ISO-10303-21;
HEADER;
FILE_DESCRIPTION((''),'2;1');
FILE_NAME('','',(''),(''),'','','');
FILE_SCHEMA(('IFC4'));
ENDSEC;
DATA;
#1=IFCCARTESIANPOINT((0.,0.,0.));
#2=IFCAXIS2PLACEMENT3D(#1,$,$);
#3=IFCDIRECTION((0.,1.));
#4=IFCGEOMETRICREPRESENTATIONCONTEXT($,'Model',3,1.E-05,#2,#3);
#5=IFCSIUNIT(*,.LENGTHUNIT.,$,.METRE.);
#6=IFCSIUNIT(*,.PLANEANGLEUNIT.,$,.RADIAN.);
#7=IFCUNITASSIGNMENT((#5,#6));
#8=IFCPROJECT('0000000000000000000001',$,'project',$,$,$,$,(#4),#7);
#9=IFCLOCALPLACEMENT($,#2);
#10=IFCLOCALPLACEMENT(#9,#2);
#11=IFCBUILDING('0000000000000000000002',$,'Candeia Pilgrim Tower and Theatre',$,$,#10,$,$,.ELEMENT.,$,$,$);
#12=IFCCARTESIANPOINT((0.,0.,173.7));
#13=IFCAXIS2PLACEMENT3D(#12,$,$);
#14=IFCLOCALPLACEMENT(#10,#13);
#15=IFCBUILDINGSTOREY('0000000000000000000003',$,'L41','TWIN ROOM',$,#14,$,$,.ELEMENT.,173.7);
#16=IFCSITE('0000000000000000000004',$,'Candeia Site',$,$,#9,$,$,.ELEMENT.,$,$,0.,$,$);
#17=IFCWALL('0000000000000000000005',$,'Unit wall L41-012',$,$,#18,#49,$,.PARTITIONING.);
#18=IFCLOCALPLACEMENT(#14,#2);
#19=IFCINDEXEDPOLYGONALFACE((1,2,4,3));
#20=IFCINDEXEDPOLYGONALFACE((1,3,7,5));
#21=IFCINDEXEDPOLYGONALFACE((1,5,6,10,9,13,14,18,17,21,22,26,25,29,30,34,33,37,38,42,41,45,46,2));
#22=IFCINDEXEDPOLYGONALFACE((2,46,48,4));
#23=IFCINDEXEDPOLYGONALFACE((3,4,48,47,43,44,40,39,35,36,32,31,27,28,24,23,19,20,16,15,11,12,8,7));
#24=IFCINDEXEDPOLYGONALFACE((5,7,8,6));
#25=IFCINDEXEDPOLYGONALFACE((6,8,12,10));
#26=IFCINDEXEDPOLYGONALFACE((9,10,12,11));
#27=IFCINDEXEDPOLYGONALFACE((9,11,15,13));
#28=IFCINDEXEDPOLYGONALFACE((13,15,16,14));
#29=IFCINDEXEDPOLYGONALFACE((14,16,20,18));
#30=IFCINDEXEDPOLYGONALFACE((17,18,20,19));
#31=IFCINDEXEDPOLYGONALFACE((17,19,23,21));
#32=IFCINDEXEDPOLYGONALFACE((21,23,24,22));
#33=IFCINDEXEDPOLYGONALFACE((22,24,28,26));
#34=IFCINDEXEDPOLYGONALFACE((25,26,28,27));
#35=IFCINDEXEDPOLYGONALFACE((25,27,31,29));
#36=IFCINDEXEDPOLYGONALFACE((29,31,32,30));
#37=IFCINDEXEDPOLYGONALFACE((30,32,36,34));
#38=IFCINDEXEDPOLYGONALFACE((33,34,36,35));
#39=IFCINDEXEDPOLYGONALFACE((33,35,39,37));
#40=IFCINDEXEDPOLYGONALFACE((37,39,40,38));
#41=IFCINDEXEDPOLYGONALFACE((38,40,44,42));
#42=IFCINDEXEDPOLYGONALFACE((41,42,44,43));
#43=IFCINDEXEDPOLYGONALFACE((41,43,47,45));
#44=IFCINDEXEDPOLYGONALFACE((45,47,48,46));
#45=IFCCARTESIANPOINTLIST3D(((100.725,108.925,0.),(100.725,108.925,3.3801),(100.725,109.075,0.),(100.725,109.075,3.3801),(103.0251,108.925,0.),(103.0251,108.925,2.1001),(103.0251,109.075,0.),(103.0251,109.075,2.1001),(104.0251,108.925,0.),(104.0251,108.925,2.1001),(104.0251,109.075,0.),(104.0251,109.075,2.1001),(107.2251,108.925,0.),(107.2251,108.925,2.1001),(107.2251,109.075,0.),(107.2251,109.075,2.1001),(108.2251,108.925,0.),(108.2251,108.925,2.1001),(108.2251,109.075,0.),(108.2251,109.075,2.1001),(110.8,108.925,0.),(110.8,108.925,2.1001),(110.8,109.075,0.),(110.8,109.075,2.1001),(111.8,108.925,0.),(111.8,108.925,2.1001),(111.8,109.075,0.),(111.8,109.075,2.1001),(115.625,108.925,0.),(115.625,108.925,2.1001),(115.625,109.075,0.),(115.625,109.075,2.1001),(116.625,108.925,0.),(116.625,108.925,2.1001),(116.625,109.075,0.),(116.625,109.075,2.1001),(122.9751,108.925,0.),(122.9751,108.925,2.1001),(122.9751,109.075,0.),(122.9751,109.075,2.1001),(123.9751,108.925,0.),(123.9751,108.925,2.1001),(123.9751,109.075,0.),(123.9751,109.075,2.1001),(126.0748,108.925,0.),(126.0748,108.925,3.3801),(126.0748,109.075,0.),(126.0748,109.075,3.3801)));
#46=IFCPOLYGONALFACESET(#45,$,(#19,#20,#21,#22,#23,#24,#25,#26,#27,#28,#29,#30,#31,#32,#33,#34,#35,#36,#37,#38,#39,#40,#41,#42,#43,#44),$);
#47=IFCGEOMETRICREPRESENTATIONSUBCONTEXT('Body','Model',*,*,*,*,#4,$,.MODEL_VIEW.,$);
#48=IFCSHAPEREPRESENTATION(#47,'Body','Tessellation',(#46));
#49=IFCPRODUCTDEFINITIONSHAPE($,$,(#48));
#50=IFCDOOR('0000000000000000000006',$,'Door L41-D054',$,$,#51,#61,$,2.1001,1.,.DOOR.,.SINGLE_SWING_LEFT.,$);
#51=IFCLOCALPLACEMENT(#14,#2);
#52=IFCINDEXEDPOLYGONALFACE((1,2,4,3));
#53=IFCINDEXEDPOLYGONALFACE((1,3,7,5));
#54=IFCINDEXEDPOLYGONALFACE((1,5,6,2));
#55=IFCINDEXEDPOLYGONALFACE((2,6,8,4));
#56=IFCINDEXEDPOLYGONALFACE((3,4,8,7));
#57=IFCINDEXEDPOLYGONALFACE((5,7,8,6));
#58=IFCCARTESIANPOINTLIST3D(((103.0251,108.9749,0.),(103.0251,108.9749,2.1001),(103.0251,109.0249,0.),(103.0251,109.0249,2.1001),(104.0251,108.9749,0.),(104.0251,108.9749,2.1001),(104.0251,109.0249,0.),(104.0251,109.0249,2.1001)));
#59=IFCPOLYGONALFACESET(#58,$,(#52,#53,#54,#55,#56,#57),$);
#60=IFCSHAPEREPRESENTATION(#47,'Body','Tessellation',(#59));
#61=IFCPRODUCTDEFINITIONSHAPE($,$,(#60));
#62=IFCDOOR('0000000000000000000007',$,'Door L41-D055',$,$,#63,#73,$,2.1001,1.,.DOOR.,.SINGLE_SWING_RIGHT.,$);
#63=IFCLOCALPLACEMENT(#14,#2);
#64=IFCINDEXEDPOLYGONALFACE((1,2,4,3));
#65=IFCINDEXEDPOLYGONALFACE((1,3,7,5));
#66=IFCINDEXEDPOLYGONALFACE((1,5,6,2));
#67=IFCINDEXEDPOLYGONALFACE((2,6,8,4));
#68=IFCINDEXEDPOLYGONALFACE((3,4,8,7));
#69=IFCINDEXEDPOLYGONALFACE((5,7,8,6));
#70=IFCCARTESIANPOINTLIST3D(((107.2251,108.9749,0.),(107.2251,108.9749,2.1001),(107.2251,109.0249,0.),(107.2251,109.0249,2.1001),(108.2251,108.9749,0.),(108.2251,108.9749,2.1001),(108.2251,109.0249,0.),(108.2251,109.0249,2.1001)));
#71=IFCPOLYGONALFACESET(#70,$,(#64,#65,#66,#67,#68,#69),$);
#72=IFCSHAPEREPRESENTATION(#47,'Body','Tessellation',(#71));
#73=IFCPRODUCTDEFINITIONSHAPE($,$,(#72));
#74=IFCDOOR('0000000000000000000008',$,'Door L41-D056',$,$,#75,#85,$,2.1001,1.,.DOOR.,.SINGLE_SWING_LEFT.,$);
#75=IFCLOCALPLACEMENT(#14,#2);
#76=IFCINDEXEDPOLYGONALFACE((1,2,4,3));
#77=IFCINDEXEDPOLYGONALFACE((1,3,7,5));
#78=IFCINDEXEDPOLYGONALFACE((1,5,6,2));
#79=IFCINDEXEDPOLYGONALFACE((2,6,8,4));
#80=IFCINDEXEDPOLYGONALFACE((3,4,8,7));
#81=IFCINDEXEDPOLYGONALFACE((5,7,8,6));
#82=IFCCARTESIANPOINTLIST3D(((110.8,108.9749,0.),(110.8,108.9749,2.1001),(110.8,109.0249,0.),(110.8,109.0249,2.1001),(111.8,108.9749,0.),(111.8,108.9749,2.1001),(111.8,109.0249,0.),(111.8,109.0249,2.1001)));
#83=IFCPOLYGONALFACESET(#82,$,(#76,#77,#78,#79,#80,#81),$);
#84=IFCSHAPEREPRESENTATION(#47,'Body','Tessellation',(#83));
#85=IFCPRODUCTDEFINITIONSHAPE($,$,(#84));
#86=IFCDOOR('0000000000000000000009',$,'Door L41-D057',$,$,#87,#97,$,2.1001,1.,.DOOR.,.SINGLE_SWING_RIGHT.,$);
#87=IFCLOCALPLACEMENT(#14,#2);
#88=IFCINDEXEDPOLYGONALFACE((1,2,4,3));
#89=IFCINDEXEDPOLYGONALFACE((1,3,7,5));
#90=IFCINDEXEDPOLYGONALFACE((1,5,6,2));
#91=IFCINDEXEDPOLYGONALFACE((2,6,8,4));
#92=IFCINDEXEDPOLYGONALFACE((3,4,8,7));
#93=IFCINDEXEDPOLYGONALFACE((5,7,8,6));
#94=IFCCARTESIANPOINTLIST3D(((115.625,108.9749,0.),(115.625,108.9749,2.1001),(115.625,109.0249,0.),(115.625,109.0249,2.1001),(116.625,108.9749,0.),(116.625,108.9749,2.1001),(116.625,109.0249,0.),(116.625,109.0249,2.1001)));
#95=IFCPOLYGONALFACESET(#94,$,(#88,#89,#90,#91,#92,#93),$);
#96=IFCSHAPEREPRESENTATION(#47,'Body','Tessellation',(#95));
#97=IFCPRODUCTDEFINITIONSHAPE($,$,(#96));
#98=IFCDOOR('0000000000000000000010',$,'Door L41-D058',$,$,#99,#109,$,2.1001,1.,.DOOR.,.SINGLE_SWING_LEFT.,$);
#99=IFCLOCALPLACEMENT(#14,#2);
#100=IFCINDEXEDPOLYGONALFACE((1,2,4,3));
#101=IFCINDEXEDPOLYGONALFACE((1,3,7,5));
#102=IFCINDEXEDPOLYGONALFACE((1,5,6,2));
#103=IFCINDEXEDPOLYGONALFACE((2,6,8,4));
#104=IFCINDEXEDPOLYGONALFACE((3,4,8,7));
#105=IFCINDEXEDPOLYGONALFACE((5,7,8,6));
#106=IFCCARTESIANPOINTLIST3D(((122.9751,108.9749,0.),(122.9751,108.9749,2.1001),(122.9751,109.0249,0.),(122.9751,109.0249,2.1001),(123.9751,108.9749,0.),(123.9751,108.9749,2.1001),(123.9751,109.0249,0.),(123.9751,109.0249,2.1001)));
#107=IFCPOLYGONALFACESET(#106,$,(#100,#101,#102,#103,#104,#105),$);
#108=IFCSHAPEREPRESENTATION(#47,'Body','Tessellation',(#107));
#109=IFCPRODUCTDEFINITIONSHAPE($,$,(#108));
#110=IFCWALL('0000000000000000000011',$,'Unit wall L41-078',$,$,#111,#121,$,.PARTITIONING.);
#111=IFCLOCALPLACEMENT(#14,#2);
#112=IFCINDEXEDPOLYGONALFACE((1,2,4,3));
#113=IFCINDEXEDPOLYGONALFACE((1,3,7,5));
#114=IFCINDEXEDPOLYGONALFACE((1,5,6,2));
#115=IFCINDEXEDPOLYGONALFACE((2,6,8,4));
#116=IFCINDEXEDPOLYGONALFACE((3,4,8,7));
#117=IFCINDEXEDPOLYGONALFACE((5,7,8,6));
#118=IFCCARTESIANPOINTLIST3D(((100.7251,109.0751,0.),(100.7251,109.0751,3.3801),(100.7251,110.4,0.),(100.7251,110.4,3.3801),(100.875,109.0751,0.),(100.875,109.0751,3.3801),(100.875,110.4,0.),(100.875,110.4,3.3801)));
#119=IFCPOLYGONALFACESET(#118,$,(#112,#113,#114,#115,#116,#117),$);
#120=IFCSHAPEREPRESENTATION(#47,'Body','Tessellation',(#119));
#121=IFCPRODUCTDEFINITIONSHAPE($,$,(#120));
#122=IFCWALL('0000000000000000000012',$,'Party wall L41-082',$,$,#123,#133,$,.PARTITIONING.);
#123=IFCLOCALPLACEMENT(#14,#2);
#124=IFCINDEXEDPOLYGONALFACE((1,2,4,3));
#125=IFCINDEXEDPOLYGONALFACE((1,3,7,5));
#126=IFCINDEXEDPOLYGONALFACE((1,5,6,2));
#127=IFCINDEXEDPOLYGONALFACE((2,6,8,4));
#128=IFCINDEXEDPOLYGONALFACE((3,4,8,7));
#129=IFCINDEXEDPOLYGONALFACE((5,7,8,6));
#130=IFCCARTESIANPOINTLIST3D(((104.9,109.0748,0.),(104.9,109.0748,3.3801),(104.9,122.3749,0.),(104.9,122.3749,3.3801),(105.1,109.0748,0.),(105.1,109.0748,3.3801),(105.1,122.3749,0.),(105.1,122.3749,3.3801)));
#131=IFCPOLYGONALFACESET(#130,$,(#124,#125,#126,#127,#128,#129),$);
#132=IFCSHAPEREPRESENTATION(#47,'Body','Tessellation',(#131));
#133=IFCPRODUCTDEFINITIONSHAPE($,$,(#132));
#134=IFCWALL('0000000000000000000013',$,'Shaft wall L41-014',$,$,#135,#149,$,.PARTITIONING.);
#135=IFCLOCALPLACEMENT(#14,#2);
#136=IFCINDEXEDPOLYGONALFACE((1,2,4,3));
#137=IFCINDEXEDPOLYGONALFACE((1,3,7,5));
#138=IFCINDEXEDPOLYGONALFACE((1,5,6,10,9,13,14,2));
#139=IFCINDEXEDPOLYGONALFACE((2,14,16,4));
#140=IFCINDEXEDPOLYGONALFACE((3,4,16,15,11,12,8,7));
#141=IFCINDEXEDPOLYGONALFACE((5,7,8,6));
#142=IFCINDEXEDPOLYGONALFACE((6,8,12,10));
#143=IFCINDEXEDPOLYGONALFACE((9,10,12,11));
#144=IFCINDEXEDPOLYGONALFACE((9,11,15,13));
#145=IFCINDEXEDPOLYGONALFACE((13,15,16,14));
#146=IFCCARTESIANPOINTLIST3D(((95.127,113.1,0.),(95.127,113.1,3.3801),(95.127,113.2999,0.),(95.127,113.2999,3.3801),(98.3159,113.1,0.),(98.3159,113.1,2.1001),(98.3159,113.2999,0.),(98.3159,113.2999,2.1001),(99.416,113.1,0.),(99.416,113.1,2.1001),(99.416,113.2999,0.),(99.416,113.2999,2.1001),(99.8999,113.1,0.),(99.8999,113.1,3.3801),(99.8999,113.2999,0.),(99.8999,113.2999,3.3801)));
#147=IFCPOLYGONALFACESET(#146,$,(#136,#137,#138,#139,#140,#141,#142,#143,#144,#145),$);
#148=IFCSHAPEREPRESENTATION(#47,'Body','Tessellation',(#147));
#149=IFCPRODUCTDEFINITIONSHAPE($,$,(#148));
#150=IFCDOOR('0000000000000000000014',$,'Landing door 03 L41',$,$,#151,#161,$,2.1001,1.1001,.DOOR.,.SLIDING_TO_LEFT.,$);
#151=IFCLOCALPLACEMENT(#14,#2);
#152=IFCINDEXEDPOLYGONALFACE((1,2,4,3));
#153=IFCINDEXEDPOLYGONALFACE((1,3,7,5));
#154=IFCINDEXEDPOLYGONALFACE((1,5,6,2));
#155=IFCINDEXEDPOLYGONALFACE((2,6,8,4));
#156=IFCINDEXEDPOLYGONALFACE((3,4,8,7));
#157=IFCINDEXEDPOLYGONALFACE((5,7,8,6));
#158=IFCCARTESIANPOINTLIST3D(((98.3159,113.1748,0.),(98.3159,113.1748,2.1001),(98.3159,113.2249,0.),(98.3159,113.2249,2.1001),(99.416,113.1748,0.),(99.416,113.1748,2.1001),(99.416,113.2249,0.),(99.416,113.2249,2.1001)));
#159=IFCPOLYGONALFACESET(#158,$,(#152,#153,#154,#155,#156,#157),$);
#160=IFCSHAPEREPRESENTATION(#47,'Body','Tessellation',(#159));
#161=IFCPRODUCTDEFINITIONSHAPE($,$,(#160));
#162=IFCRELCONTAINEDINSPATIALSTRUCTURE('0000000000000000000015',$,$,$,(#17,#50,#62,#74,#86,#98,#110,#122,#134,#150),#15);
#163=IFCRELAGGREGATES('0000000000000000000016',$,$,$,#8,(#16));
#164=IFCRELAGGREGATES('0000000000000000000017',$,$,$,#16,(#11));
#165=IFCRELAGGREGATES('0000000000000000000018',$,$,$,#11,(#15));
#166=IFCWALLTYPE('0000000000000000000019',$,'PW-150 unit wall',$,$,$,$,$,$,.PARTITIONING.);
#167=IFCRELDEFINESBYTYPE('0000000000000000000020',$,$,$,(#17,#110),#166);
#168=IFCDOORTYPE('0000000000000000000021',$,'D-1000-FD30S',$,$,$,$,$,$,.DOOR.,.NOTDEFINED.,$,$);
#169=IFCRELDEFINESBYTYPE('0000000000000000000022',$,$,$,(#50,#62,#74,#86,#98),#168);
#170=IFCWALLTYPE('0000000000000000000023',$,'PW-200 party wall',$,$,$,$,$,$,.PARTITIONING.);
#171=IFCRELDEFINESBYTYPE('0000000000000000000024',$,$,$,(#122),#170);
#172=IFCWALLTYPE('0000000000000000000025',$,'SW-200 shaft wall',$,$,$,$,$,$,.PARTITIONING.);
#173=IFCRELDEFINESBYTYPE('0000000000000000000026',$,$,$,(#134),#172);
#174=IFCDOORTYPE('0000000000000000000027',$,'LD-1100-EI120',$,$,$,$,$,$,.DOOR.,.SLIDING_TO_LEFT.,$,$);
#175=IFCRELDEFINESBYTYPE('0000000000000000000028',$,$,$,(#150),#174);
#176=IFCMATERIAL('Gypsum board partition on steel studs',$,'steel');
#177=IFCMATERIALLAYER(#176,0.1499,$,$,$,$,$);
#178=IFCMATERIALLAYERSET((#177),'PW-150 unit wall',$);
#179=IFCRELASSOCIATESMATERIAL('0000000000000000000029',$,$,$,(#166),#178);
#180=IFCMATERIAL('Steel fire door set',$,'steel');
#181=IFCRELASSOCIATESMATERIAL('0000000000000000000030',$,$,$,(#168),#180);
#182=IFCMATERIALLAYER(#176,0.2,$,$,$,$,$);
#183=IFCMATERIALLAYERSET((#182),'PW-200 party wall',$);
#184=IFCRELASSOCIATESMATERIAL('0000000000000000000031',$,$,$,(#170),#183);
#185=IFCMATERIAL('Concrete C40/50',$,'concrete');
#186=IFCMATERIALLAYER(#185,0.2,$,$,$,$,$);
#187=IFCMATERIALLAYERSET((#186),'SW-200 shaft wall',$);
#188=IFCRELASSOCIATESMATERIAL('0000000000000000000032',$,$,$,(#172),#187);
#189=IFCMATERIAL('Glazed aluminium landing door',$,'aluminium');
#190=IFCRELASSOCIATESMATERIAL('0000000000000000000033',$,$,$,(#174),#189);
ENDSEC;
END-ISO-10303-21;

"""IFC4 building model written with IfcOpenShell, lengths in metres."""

from ifc_helpers import new_model, si_unit, direction, frame, frame_2d, origin, place, context, subcontext, project, spatial, rectangle, extrude, material, layer, layer_set, type_object, element, fill, save


model = new_model("IFC4")

# Units and contexts
model_context = context("Model", 3, precision=1e-05, world=origin(), true_north=direction((0.0, 1.0)))
body_context = subcontext(model_context, "Body", "Model", "MODEL_VIEW")
ifc_project = project(units=[si_unit("LENGTHUNIT", "METRE"), si_unit("PLANEANGLEUNIT", "RADIAN")], contexts=[model_context])

# Site, building, storey
site_placement = place(None, origin())
site = spatial("IfcSite", under=ifc_project, at=site_placement, Name="Candeia Site", CompositionType="ELEMENT", RefElevation=0.0)
building_placement = place(site_placement, origin())
building = spatial("IfcBuilding", under=site, at=building_placement, Name="Candeia Pilgrim Tower and Theatre", CompositionType="ELEMENT")
storey_placement = place(building_placement, frame((0.0, 0.0, 173.7)))
storey = spatial("IfcBuildingStorey", under=building, at=storey_placement, Name="L41", Description="TWIN ROOM", CompositionType="ELEMENT", Elevation=173.7)

# Shared definitions
ifc_material_1 = material(Name="Steel fire door set", Category="steel")

# Shared definitions
ifc_material_2 = material(Name="Gypsum board partition on steel studs", Category="steel")

# Wall, openings, doors
ifc_layer_1 = layer(ifc_material_2, 0.1499)
ifc_layer_set_1 = layer_set([ifc_layer_1], Name="PW-150 unit wall")
wall_type_1 = type_object("IfcWallType", Name="PW-150 unit wall", PredefinedType="PARTITIONING", material=ifc_layer_set_1)
wall_1_placement = place(storey_placement, frame((100.7251, 109.0, 0.0), z_axis=(0.0, 0.0, 1.0), x_axis=(1.0, 0.0, 0.0)))
wall_1 = element("IfcWall", 1, at=wall_1_placement, inside=storey, type_object=wall_type_1, Name="Unit wall L41-012", PredefinedType="PARTITIONING", context=body_context, shape_type="SweptSolid", body=[
    extrude(rectangle(XDim=25.3499, YDim=0.1499, at=frame_2d((12.6748, 0.0))), origin(), (0.0, 0.0, 1.0), 3.3801),
])
opening_1_placement = place(wall_1_placement, frame((2.3, 0.0, 0.0)))
opening_1 = element("IfcOpeningElement", 2, at=opening_1_placement, cuts=wall_1, PredefinedType="OPENING", context=body_context, shape_type="SweptSolid", body=[
    extrude(rectangle(XDim=1.0, YDim=2.1001, at=frame_2d((0.5, 1.05))), frame((0.0, 0.085, 0.0), z_axis=(0.0, -1.0, 0.0), x_axis=(1.0, 0.0, 0.0)), (0.0, 0.0, 1.0), 0.1699),
])
opening_2_placement = place(wall_1_placement, frame((6.5, 0.0, 0.0)))
opening_2 = element("IfcOpeningElement", 3, at=opening_2_placement, cuts=wall_1, PredefinedType="OPENING", context=body_context, shape_type="SweptSolid", body=[
    extrude(rectangle(XDim=1.0, YDim=2.1001, at=frame_2d((0.5, 1.05))), frame((0.0, 0.085, 0.0), z_axis=(0.0, -1.0, 0.0), x_axis=(1.0, 0.0, 0.0)), (0.0, 0.0, 1.0), 0.1699),
])
opening_3_placement = place(wall_1_placement, frame((10.075, 0.0, 0.0)))
opening_3 = element("IfcOpeningElement", 4, at=opening_3_placement, cuts=wall_1, PredefinedType="OPENING", context=body_context, shape_type="SweptSolid", body=[
    extrude(rectangle(XDim=1.0, YDim=2.1001, at=frame_2d((0.5, 1.05))), frame((0.0, 0.085, 0.0), z_axis=(0.0, -1.0, 0.0), x_axis=(1.0, 0.0, 0.0)), (0.0, 0.0, 1.0), 0.1699),
])
opening_4_placement = place(wall_1_placement, frame((14.8999, 0.0, 0.0)))
opening_4 = element("IfcOpeningElement", 5, at=opening_4_placement, cuts=wall_1, PredefinedType="OPENING", context=body_context, shape_type="SweptSolid", body=[
    extrude(rectangle(XDim=1.0, YDim=2.1001, at=frame_2d((0.5, 1.05))), frame((0.0, 0.085, 0.0), z_axis=(0.0, -1.0, 0.0), x_axis=(1.0, 0.0, 0.0)), (0.0, 0.0, 1.0), 0.1699),
])
opening_5_placement = place(wall_1_placement, frame((22.25, 0.0, 0.0)))
opening_5 = element("IfcOpeningElement", 6, at=opening_5_placement, cuts=wall_1, PredefinedType="OPENING", context=body_context, shape_type="SweptSolid", body=[
    extrude(rectangle(XDim=1.0, YDim=2.1001, at=frame_2d((0.5, 1.05))), frame((0.0, 0.085, 0.0), z_axis=(0.0, -1.0, 0.0), x_axis=(1.0, 0.0, 0.0)), (0.0, 0.0, 1.0), 0.1699),
])
door_type_1 = type_object("IfcDoorType", Name="D-1000-FD30S", OperationType="NOTDEFINED", PredefinedType="DOOR", material=ifc_material_1)
door_1_placement = place(opening_1_placement, origin())
door_1 = element("IfcDoor", 7, at=door_1_placement, inside=storey, type_object=door_type_1, Name="Door L41-D054", OperationType="SINGLE_SWING_LEFT", OverallHeight=2.1001, OverallWidth=1.0, PredefinedType="DOOR", context=body_context, shape_type="SweptSolid", body=[
    extrude(rectangle(XDim=1.0, YDim=2.1001, at=frame_2d((0.5, 1.05))), frame((0.0, 0.0249, 0.0), z_axis=(0.0, -1.0, 0.0), x_axis=(1.0, 0.0, 0.0)), (0.0, 0.0, 1.0), 0.05),
])
fill(opening_1, door_1)
door_2_placement = place(opening_2_placement, origin())
door_2 = element("IfcDoor", 8, at=door_2_placement, inside=storey, type_object=door_type_1, Name="Door L41-D055", OperationType="SINGLE_SWING_RIGHT", OverallHeight=2.1001, OverallWidth=1.0, PredefinedType="DOOR", context=body_context, shape_type="SweptSolid", body=[
    extrude(rectangle(XDim=1.0, YDim=2.1001, at=frame_2d((0.5, 1.05))), frame((0.0, 0.0249, 0.0), z_axis=(0.0, -1.0, 0.0), x_axis=(1.0, 0.0, 0.0)), (0.0, 0.0, 1.0), 0.05),
])
fill(opening_2, door_2)
door_3_placement = place(opening_3_placement, origin())
door_3 = element("IfcDoor", 9, at=door_3_placement, inside=storey, type_object=door_type_1, Name="Door L41-D056", OperationType="SINGLE_SWING_LEFT", OverallHeight=2.1001, OverallWidth=1.0, PredefinedType="DOOR", context=body_context, shape_type="SweptSolid", body=[
    extrude(rectangle(XDim=1.0, YDim=2.1001, at=frame_2d((0.5, 1.05))), frame((0.0, 0.0249, 0.0), z_axis=(0.0, -1.0, 0.0), x_axis=(1.0, 0.0, 0.0)), (0.0, 0.0, 1.0), 0.05),
])
fill(opening_3, door_3)
door_4_placement = place(opening_4_placement, origin())
door_4 = element("IfcDoor", 10, at=door_4_placement, inside=storey, type_object=door_type_1, Name="Door L41-D057", OperationType="SINGLE_SWING_RIGHT", OverallHeight=2.1001, OverallWidth=1.0, PredefinedType="DOOR", context=body_context, shape_type="SweptSolid", body=[
    extrude(rectangle(XDim=1.0, YDim=2.1001, at=frame_2d((0.5, 1.05))), frame((0.0, 0.0249, 0.0), z_axis=(0.0, -1.0, 0.0), x_axis=(1.0, 0.0, 0.0)), (0.0, 0.0, 1.0), 0.05),
])
fill(opening_4, door_4)
door_5_placement = place(opening_5_placement, origin())
door_5 = element("IfcDoor", 11, at=door_5_placement, inside=storey, type_object=door_type_1, Name="Door L41-D058", OperationType="SINGLE_SWING_LEFT", OverallHeight=2.1001, OverallWidth=1.0, PredefinedType="DOOR", context=body_context, shape_type="SweptSolid", body=[
    extrude(rectangle(XDim=1.0, YDim=2.1001, at=frame_2d((0.5, 1.05))), frame((0.0, 0.0249, 0.0), z_axis=(0.0, -1.0, 0.0), x_axis=(1.0, 0.0, 0.0)), (0.0, 0.0, 1.0), 0.05),
])
fill(opening_5, door_5)

# Walls
wall_2_placement = place(storey_placement, frame((100.8, 109.075, 0.0), z_axis=(0.0, 0.0, 1.0), x_axis=(0.0, 1.0, 0.0)))
element("IfcWall", 12, at=wall_2_placement, inside=storey, type_object=wall_type_1, Name="Unit wall L41-078", PredefinedType="PARTITIONING", context=body_context, shape_type="SweptSolid", body=[
    extrude(rectangle(XDim=1.325, YDim=0.1499, at=frame_2d((0.6626, 0.0))), origin(), (0.0, 0.0, 1.0), 3.3801),
])
ifc_layer_2 = layer(ifc_material_2, 0.2)
ifc_layer_set_2 = layer_set([ifc_layer_2], Name="PW-200 party wall")
wall_type_2 = type_object("IfcWallType", Name="PW-200 party wall", PredefinedType="PARTITIONING", material=ifc_layer_set_2)
wall_3_placement = place(storey_placement, frame((105.0, 109.075, 0.0), z_axis=(0.0, 0.0, 1.0), x_axis=(0.0, 1.0, 0.0)))
element("IfcWall", 13, at=wall_3_placement, inside=storey, type_object=wall_type_2, Name="Party wall L41-082", PredefinedType="PARTITIONING", context=body_context, shape_type="SweptSolid", body=[
    extrude(rectangle(XDim=13.3, YDim=0.2, at=frame_2d((6.6499, 0.0))), origin(), (0.0, 0.0, 1.0), 3.3801),
])

# Wall, opening, door
ifc_material_3 = material(Name="Concrete C40/50", Category="concrete")
ifc_layer_3 = layer(ifc_material_3, 0.2)
ifc_layer_set_3 = layer_set([ifc_layer_3], Name="SW-200 shaft wall")
wall_type_3 = type_object("IfcWallType", Name="SW-200 shaft wall", PredefinedType="PARTITIONING", material=ifc_layer_set_3)
wall_4_placement = place(storey_placement, frame((95.127, 113.2, 0.0), z_axis=(0.0, 0.0, 1.0), x_axis=(1.0, 0.0, 0.0)))
wall_4 = element("IfcWall", 14, at=wall_4_placement, inside=storey, type_object=wall_type_3, Name="Shaft wall L41-014", PredefinedType="PARTITIONING", context=body_context, shape_type="SweptSolid", body=[
    extrude(rectangle(XDim=4.7729, YDim=0.2, at=frame_2d((2.3865, 0.0))), origin(), (0.0, 0.0, 1.0), 3.3801),
])
opening_6_placement = place(wall_4_placement, frame((3.189, 0.0, 0.0)))
opening_6 = element("IfcOpeningElement", 15, at=opening_6_placement, cuts=wall_4, PredefinedType="OPENING", context=body_context, shape_type="SweptSolid", body=[
    extrude(rectangle(XDim=1.1001, YDim=2.1001, at=frame_2d((0.55, 1.05))), frame((0.0, 0.1099, 0.0), z_axis=(0.0, -1.0, 0.0), x_axis=(1.0, 0.0, 0.0)), (0.0, 0.0, 1.0), 0.22),
])
ifc_material_4 = material(Name="Glazed aluminium landing door", Category="aluminium")
door_type_2 = type_object("IfcDoorType", Name="LD-1100-EI120", OperationType="SLIDING_TO_LEFT", PredefinedType="DOOR", material=ifc_material_4)
door_6_placement = place(opening_6_placement, origin())
door_6 = element("IfcDoor", 16, at=door_6_placement, inside=storey, type_object=door_type_2, Name="Landing door 03 L41", OperationType="SLIDING_TO_LEFT", OverallHeight=2.1001, OverallWidth=1.1001, PredefinedType="DOOR", context=body_context, shape_type="SweptSolid", body=[
    extrude(rectangle(XDim=1.1001, YDim=2.1001, at=frame_2d((0.55, 1.05))), frame((0.0, 0.0249, 0.0), z_axis=(0.0, -1.0, 0.0), x_axis=(1.0, 0.0, 0.0)), (0.0, 0.0, 1.0), 0.05),
])
fill(opening_6, door_6)

save(model, "model.ifc")
